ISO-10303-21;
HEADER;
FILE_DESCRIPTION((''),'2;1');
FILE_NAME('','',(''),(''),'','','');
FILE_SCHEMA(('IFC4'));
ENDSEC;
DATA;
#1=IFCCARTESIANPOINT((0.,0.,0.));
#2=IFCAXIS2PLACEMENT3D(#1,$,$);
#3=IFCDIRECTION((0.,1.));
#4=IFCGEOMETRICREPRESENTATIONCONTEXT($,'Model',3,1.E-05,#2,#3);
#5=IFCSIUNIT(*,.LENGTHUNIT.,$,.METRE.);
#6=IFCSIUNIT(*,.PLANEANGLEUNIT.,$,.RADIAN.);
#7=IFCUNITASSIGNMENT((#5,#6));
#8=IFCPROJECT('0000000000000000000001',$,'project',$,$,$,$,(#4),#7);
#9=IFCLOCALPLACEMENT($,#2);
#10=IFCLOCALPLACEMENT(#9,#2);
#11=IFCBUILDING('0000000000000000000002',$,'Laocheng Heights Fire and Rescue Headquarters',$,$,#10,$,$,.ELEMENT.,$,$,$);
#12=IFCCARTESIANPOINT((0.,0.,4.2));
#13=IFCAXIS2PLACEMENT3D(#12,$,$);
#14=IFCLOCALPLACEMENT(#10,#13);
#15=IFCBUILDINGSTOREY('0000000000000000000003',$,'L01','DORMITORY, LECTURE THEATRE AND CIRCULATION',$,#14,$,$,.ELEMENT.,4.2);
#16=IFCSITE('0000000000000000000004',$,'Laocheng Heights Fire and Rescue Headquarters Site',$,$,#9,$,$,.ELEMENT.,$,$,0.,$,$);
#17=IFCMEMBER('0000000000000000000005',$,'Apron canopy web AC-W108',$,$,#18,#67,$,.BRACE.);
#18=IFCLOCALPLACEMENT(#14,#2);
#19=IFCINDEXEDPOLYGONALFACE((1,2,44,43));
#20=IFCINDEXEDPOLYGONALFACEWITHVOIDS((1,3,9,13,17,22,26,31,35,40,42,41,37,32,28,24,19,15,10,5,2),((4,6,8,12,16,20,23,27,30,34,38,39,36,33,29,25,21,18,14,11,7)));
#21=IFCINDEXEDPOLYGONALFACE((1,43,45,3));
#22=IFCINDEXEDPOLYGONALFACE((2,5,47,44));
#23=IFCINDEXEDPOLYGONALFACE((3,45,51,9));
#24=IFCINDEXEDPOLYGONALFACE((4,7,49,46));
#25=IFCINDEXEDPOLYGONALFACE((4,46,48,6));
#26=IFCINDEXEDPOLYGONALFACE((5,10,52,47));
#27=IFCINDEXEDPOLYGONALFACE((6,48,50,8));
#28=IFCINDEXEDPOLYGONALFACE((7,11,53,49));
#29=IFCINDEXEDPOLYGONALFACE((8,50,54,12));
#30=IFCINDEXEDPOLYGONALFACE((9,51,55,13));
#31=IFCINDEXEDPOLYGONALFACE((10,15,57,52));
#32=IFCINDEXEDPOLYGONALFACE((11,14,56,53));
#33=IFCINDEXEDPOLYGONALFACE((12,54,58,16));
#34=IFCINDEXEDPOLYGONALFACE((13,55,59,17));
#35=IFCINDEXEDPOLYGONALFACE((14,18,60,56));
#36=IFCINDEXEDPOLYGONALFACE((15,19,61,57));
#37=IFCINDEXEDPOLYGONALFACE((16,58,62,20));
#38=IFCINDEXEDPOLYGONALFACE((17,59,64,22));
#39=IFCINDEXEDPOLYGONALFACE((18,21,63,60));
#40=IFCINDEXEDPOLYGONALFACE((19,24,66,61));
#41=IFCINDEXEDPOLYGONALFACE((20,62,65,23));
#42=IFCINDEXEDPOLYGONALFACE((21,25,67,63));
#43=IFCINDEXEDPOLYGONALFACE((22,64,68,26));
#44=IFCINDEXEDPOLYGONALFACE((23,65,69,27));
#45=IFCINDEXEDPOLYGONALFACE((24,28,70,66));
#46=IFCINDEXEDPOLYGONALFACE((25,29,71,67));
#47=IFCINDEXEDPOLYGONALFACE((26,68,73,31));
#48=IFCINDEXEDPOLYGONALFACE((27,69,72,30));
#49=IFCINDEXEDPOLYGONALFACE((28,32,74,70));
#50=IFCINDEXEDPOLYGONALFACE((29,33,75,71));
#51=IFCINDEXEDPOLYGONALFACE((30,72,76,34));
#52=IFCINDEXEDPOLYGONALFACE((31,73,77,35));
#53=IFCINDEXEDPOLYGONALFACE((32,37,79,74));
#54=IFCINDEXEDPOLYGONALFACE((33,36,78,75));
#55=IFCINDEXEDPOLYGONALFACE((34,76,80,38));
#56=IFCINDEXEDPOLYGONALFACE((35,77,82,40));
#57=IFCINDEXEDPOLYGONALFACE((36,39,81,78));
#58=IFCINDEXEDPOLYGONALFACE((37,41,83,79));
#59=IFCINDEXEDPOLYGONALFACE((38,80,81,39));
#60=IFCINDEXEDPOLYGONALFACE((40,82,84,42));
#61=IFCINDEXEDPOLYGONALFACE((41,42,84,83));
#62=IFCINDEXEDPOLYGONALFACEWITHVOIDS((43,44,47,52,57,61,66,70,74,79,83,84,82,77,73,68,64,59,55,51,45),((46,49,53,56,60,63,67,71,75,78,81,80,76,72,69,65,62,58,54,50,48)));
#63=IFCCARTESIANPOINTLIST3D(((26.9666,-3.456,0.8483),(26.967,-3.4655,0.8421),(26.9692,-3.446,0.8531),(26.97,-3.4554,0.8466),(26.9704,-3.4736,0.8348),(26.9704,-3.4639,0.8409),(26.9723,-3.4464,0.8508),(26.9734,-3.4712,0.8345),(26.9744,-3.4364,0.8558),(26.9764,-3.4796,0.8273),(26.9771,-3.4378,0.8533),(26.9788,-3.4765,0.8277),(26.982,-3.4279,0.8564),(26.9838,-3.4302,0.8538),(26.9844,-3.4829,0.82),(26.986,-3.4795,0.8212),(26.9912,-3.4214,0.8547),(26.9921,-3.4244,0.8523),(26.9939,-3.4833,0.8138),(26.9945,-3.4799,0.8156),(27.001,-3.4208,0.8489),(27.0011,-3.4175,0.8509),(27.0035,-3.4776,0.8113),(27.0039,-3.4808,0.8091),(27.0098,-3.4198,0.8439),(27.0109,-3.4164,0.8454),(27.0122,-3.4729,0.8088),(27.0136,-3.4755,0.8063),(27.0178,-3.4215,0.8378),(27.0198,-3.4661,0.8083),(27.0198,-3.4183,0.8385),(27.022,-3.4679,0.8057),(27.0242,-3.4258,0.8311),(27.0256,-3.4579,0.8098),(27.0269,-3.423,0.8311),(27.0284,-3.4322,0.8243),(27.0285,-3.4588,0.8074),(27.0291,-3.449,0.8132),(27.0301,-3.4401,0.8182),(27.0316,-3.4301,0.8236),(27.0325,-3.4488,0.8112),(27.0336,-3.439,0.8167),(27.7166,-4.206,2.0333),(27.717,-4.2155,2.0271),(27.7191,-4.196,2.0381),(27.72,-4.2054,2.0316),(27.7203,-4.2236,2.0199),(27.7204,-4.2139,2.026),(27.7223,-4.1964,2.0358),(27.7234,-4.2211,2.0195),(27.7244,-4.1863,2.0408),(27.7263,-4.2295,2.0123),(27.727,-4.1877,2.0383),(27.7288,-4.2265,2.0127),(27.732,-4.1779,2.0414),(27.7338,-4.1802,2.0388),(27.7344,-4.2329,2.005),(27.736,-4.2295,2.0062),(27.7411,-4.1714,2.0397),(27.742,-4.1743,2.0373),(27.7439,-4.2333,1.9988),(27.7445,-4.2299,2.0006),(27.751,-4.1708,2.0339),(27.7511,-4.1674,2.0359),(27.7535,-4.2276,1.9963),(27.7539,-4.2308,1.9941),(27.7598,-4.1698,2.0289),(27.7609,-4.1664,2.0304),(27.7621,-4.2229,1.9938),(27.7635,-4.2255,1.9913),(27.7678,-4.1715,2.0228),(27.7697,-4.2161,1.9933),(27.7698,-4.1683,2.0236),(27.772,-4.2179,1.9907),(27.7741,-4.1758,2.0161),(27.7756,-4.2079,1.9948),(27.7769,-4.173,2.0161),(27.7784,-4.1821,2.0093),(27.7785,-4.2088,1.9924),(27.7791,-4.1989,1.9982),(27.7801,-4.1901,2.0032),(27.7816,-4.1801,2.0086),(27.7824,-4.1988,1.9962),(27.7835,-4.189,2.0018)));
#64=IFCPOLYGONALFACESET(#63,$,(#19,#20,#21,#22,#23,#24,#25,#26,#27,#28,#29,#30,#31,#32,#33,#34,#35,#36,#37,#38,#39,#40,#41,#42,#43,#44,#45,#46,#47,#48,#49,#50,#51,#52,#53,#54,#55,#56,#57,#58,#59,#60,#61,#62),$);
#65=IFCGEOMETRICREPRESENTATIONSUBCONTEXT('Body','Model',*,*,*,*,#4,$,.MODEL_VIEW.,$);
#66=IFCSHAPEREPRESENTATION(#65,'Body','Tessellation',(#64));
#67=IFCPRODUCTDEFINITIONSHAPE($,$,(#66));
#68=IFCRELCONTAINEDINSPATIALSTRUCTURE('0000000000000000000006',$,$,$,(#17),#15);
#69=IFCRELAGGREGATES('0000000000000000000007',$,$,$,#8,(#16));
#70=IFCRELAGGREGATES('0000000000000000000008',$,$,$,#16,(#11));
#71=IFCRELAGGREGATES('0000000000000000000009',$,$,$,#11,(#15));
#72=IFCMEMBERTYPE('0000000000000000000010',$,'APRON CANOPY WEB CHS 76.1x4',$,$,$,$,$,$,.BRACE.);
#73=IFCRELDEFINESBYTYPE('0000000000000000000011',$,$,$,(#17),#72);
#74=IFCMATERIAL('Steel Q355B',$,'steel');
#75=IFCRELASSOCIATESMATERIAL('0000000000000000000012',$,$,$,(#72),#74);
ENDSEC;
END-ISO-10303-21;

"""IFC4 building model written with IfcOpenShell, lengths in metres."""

from ifc_helpers import new_model, si_unit, direction, frame, origin, origin_2d, place, context, subcontext, project, spatial, hollow_circle, extrude, material, material_profile, profile_set, type_object, element, save


model = new_model("IFC4")

# Units and contexts
model_context = context("Model", 3, precision=1e-05, world=origin(), true_north=direction((0.0, 1.0)))
body_context = subcontext(model_context, "Body", "Model", "MODEL_VIEW")
ifc_project = project(units=[si_unit("LENGTHUNIT", "METRE"), si_unit("PLANEANGLEUNIT", "RADIAN")], contexts=[model_context])

# Site, building, storey
site_placement = place(None, origin())
site = spatial("IfcSite", under=ifc_project, at=site_placement, Name="Laocheng Heights Fire and Rescue Headquarters Site", CompositionType="ELEMENT", RefElevation=0.0)
building_placement = place(site_placement, origin())
building = spatial("IfcBuilding", under=site, at=building_placement, Name="Laocheng Heights Fire and Rescue Headquarters", CompositionType="ELEMENT")
storey_placement = place(building_placement, frame((0.0, 0.0, 4.2)))
storey = spatial("IfcBuildingStorey", under=building, at=storey_placement, Name="L01", Description="DORMITORY, LECTURE THEATRE AND CIRCULATION", CompositionType="ELEMENT", Elevation=4.2)

# Member
ifc_material_1 = material(Name="Steel Q355B", Category="steel")
ifc_material_profile_1 = material_profile(ifc_material_1, hollow_circle(Radius=0.0381, WallThickness=0.0039, at=origin_2d()), Name="CHS 76.1x4")
ifc_profile_set_1 = profile_set([ifc_material_profile_1], Name="Steel Q355B")
member_type_1 = type_object("IfcMemberType", Name="APRON CANOPY WEB CHS 76.1x4", PredefinedType="BRACE", material=ifc_profile_set_1)
for number, where, z_axis, x_axis, name in (
    (1, (27.0, -3.45, 0.8311), (0.47158, -0.47158, 0.745134), (0.707107, 0.707107, 0.0), "Apron canopy web AC-W108"),
):
    element("IfcMember", number, at=place(storey_placement, frame(where, z_axis=z_axis, x_axis=x_axis)), inside=storey, type_object=member_type_1, Name=name, PredefinedType="BRACE", context=body_context, shape_type="SweptSolid", body=[
        extrude(hollow_circle(Radius=0.0381, WallThickness=0.0039, at=origin_2d()), origin(), (0.0, 0.0, 1.0), 1.5903),
    ])

save(model, "model.ifc")
